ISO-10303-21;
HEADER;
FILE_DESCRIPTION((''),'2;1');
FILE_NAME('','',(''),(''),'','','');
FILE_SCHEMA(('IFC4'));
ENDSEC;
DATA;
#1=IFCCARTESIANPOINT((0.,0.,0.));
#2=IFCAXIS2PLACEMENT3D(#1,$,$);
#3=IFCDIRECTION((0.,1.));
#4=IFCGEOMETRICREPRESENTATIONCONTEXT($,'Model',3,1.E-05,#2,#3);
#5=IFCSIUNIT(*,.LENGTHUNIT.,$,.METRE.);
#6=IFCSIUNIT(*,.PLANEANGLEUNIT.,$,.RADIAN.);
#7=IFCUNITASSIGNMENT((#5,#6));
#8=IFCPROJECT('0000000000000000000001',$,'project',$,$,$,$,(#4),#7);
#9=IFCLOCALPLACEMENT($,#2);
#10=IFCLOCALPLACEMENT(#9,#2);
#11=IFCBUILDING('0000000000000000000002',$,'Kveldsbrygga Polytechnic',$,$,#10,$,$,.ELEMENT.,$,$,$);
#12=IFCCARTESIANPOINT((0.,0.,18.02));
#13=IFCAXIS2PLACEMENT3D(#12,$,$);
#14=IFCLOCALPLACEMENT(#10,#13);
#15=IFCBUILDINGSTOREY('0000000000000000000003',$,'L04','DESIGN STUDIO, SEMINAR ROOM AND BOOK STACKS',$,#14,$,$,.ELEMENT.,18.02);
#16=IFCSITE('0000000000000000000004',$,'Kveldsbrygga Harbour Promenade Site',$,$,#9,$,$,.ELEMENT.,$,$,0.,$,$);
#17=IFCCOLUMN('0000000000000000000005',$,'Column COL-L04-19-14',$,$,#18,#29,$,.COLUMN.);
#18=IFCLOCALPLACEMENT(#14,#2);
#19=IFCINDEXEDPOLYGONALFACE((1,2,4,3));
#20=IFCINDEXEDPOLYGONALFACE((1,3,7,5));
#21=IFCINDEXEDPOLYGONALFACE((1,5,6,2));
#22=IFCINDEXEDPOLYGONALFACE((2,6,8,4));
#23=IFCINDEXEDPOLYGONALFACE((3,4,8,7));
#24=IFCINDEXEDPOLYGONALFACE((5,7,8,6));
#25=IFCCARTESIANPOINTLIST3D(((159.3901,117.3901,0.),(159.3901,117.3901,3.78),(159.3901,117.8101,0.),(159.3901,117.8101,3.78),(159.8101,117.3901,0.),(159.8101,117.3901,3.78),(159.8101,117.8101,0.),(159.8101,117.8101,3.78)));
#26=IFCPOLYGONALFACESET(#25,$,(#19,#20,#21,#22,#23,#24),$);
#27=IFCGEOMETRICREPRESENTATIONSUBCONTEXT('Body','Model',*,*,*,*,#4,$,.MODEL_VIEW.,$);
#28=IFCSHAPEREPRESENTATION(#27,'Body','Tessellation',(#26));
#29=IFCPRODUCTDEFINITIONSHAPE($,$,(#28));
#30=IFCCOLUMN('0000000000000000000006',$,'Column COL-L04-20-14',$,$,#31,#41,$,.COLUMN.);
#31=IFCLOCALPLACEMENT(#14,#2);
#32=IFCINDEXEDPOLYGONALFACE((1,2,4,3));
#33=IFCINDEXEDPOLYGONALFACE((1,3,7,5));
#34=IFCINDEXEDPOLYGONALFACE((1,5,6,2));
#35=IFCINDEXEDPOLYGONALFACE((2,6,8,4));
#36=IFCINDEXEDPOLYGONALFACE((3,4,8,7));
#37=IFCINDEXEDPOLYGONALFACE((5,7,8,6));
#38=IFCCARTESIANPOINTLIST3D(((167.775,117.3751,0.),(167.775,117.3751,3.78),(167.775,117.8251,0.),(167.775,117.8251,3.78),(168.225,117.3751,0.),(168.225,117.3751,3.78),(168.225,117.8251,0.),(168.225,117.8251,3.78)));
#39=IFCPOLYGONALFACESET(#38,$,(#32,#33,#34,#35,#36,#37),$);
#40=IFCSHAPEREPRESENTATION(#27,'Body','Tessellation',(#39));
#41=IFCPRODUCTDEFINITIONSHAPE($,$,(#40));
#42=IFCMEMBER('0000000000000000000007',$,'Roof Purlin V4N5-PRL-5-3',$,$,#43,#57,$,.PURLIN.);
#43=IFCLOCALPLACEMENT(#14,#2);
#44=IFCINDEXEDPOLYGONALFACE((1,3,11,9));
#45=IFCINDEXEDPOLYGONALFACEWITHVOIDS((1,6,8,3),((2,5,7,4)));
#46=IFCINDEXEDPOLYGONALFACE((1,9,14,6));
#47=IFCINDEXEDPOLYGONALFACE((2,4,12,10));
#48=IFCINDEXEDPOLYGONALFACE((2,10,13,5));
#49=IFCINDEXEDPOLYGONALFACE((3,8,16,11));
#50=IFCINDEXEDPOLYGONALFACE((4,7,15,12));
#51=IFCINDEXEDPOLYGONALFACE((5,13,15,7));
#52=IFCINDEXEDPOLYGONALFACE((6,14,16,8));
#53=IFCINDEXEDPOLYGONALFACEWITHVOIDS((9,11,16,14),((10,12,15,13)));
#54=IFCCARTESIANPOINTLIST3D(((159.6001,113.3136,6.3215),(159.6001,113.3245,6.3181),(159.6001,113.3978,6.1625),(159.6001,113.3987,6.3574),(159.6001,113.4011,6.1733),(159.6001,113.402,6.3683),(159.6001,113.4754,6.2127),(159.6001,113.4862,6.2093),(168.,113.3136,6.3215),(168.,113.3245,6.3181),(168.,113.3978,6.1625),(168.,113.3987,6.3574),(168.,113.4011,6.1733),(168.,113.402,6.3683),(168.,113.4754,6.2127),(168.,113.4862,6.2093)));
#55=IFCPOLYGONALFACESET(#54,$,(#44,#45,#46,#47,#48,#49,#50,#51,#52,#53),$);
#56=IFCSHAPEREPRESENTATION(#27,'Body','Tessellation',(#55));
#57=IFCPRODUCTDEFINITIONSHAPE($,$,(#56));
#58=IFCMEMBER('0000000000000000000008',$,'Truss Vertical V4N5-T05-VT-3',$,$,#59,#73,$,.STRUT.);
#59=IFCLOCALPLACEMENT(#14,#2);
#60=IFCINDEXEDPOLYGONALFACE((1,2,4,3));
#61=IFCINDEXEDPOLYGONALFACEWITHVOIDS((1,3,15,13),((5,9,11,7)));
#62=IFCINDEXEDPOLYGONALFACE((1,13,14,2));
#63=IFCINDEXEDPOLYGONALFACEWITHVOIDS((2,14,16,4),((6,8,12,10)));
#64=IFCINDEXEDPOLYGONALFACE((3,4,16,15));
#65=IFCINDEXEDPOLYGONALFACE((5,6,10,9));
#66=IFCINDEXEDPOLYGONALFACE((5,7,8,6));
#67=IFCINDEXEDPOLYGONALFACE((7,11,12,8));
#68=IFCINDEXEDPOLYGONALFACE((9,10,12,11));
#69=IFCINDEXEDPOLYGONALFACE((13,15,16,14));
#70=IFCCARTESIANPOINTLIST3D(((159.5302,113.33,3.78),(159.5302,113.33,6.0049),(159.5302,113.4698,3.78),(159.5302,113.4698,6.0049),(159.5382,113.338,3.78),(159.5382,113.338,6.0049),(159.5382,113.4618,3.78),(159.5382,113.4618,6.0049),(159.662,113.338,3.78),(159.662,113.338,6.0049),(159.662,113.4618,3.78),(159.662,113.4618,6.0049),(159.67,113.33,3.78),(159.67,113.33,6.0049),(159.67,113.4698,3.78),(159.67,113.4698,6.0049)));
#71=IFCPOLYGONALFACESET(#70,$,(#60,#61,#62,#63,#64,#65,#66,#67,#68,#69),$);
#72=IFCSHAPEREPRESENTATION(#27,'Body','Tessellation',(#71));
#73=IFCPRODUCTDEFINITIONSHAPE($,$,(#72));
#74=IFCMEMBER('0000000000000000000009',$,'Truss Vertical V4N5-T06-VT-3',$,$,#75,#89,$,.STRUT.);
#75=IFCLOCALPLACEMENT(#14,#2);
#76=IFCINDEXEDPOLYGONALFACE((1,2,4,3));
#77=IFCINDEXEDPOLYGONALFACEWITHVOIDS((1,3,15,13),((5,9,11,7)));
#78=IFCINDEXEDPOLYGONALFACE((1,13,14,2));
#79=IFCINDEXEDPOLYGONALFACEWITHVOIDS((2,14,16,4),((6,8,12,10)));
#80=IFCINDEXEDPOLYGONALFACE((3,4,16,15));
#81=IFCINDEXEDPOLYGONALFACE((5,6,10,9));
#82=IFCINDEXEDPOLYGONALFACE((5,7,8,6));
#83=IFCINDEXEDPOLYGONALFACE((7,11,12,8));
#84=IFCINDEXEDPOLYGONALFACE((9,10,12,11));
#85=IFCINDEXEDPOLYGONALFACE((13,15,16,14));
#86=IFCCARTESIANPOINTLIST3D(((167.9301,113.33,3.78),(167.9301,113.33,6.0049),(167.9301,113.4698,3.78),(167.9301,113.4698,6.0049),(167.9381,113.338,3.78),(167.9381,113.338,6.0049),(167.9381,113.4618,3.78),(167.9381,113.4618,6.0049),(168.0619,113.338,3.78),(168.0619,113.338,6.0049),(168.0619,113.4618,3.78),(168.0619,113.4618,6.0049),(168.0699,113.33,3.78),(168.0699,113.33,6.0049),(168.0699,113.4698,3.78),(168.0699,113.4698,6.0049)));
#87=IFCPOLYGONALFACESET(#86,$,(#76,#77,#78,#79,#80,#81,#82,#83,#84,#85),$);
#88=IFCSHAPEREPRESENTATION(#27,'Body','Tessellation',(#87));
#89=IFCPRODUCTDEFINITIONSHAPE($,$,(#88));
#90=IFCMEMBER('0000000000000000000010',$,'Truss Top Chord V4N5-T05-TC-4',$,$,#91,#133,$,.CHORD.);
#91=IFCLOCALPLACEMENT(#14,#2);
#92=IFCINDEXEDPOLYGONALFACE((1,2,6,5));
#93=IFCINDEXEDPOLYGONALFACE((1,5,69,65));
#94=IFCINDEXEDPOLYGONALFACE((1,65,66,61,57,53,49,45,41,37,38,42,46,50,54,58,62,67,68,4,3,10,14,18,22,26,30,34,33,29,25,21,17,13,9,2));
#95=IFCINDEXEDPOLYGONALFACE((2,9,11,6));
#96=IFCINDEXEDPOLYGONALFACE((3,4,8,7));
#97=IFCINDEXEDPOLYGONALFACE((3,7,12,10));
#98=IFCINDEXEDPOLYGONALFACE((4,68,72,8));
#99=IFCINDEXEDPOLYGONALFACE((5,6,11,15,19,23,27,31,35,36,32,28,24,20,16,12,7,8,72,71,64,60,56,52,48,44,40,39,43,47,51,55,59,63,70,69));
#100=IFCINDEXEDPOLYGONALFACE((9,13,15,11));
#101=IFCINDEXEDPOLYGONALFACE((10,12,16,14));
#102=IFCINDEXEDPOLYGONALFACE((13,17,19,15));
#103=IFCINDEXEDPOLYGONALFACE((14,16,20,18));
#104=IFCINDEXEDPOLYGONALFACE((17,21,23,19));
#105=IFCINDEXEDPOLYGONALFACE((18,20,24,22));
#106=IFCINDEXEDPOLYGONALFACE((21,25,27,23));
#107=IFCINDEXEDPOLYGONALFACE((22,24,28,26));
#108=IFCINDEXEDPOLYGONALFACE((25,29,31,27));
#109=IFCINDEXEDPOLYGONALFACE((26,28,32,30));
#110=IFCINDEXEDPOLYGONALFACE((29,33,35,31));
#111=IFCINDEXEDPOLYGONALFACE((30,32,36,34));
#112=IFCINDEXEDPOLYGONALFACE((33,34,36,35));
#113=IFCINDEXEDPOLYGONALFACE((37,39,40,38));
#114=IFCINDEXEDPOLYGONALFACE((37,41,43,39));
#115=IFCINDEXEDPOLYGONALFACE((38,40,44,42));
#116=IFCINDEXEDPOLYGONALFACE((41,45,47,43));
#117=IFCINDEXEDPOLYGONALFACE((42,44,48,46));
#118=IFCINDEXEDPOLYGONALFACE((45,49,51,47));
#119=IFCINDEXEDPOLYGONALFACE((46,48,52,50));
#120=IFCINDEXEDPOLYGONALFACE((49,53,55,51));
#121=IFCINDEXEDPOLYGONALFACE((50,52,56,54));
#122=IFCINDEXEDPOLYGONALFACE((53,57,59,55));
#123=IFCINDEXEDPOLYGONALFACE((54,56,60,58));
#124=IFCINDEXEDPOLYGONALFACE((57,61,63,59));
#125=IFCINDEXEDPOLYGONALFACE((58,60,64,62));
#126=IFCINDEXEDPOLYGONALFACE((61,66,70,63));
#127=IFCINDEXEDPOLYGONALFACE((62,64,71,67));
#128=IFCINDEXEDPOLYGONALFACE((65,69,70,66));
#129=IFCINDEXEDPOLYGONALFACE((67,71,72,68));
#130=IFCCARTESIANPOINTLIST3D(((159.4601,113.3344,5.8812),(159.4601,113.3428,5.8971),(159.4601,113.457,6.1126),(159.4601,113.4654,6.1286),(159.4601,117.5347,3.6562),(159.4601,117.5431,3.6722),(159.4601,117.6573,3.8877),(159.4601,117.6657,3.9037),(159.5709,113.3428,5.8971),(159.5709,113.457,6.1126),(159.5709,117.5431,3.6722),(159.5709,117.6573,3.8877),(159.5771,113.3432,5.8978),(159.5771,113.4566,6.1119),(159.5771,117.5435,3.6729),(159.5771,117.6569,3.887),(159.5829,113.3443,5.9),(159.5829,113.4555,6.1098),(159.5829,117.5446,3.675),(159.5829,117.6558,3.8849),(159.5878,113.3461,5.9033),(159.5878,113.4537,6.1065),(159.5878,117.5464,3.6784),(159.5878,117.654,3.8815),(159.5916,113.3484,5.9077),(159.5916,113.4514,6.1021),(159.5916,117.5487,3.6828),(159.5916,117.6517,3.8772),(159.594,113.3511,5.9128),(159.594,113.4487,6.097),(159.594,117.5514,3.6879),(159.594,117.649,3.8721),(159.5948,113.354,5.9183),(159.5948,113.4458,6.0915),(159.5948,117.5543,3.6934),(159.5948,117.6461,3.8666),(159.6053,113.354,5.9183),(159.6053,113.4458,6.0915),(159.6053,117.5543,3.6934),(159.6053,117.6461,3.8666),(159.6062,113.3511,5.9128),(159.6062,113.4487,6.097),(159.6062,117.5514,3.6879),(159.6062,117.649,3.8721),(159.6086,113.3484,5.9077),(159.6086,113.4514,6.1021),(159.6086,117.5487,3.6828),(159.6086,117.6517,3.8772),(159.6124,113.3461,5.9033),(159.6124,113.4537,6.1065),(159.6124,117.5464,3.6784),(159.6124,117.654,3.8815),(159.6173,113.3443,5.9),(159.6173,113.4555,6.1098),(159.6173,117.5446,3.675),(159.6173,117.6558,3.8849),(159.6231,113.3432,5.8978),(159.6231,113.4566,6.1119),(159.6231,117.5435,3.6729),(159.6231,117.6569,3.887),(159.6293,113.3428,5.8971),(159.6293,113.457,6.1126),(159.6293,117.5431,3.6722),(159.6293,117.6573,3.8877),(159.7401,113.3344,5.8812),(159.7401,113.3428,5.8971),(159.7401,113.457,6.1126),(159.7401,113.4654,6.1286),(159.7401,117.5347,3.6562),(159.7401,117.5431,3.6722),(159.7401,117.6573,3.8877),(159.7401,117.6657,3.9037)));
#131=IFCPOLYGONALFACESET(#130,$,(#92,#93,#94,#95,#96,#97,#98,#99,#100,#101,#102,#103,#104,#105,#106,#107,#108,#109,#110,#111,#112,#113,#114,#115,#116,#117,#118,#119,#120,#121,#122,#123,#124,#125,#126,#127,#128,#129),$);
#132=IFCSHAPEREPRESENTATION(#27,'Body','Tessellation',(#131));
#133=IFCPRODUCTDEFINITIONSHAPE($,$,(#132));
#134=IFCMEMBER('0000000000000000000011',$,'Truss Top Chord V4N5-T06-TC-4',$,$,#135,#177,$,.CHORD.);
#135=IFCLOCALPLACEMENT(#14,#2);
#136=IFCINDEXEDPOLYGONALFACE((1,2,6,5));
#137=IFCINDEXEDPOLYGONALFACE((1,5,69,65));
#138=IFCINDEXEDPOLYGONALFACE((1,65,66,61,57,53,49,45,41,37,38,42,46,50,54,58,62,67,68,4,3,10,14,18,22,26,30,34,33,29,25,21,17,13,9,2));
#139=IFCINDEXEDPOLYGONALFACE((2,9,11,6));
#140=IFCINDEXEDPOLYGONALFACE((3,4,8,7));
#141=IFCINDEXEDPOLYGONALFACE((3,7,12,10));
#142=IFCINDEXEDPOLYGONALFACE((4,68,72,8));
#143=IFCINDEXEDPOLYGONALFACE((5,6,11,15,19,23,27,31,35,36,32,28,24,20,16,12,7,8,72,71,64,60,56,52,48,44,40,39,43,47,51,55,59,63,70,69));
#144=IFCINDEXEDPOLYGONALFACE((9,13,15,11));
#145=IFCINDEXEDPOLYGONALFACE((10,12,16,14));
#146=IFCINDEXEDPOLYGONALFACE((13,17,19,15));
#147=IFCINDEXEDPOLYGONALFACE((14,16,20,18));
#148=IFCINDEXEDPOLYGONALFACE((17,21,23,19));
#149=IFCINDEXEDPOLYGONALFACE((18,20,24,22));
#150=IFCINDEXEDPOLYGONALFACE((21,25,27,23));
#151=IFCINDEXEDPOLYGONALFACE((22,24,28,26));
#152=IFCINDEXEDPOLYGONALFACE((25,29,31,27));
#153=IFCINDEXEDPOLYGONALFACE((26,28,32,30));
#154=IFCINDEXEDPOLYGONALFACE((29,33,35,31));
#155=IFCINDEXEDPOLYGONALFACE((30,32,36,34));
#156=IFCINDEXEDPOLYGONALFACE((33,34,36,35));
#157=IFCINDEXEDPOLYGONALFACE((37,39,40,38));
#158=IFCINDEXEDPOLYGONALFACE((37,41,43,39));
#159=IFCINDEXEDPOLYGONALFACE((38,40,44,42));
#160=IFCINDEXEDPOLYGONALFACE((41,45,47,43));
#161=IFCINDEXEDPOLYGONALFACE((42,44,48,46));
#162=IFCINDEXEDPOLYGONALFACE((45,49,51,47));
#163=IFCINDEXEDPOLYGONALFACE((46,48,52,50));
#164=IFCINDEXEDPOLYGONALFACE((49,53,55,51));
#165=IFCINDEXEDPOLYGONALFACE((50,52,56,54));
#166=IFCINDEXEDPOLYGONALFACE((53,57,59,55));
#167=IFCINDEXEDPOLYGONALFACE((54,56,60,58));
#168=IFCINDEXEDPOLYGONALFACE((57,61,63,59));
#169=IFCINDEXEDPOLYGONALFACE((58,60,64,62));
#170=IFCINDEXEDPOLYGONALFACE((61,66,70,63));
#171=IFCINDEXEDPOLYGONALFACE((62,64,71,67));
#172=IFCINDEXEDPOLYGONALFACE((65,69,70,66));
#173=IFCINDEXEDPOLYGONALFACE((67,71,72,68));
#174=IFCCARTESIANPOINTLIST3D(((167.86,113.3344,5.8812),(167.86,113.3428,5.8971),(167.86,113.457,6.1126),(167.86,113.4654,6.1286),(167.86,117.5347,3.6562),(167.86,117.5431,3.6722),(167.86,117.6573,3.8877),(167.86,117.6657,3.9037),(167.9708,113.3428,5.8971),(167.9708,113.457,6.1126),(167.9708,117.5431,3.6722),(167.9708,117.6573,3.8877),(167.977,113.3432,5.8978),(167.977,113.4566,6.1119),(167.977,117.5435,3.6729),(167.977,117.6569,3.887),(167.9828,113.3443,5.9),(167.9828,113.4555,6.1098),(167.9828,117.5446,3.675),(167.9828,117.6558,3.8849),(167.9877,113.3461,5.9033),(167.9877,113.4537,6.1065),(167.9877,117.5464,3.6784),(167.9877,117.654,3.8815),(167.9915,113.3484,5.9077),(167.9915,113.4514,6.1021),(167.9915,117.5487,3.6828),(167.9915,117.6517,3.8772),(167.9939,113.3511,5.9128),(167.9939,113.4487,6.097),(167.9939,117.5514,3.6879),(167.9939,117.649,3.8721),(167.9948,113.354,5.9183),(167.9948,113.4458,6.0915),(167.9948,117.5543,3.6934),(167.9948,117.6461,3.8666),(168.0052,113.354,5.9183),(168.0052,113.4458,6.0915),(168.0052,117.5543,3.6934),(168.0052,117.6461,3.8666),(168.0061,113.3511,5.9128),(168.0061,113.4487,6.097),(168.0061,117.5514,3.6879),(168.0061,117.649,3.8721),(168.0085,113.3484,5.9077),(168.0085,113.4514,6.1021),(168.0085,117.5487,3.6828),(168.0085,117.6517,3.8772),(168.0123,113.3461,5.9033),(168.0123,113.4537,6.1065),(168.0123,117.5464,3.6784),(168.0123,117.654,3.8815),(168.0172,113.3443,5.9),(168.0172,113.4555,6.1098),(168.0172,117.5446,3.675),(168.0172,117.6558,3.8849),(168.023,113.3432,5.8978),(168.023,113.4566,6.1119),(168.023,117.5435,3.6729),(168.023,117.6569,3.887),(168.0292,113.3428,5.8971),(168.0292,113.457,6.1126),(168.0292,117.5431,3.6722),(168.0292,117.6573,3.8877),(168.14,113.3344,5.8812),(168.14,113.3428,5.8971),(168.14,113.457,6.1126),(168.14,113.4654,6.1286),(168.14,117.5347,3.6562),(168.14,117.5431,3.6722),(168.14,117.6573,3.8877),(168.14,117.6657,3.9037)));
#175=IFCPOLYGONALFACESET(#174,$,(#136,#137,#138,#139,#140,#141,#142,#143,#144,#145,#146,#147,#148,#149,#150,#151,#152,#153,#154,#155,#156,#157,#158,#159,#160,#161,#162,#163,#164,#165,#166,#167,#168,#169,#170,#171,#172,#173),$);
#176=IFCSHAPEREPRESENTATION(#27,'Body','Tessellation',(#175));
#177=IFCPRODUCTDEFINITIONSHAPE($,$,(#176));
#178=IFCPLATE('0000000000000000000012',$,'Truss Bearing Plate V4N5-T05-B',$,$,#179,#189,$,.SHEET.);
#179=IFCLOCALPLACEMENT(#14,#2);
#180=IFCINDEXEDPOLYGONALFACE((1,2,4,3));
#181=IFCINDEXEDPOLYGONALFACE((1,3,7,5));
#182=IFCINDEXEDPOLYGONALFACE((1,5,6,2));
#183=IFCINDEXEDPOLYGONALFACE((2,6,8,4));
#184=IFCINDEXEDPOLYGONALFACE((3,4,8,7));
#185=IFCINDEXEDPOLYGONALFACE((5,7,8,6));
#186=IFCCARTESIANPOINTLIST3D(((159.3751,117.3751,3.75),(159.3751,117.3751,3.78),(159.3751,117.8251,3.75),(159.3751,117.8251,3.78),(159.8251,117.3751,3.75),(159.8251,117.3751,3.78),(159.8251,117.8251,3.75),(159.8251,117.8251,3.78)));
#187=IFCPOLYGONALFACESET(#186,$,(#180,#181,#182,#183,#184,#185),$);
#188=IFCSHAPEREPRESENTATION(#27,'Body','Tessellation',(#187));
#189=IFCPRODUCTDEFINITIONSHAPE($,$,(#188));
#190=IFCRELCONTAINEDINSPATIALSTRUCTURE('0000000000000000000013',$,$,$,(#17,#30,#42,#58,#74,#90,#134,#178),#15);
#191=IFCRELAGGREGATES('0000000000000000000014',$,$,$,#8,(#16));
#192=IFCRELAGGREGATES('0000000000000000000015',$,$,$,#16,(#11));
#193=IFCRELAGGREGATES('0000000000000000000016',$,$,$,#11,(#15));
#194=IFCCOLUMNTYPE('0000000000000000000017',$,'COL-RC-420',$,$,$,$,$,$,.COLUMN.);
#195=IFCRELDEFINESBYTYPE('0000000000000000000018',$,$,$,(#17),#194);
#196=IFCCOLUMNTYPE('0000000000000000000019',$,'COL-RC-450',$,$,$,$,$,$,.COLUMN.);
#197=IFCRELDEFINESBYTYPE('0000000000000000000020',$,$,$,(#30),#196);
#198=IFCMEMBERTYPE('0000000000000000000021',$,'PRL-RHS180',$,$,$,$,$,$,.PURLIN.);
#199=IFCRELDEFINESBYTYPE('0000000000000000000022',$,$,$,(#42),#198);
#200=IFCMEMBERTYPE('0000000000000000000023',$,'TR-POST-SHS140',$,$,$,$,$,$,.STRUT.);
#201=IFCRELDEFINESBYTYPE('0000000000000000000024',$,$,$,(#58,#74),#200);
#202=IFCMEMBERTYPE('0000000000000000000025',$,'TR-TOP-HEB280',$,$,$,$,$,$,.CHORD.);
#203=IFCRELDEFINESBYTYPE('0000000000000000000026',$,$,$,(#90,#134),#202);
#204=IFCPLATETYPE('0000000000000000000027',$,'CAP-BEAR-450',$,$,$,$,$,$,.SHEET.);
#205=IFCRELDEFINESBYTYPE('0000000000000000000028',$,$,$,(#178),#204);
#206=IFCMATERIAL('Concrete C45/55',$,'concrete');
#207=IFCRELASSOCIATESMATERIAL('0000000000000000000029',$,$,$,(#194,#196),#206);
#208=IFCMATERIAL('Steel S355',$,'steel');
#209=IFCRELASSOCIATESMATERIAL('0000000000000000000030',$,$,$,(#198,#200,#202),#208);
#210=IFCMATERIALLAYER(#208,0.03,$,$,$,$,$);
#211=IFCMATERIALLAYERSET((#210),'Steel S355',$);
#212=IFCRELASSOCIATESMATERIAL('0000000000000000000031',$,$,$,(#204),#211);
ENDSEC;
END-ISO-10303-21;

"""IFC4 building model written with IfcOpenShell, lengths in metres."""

from ifc_helpers import new_model, si_unit, direction, frame, origin, origin_2d, place, context, subcontext, project, spatial, rectangle, hollow_rectangle, i_section, extrude, material, layer, layer_set, material_profile, profile_set, type_object, element, save


model = new_model("IFC4")

# Units and contexts
model_context = context("Model", 3, precision=1e-05, world=origin(), true_north=direction((0.0, 1.0)))
body_context = subcontext(model_context, "Body", "Model", "MODEL_VIEW")
ifc_project = project(units=[si_unit("LENGTHUNIT", "METRE"), si_unit("PLANEANGLEUNIT", "RADIAN")], contexts=[model_context])

# Site, building, storey
site_placement = place(None, origin())
site = spatial("IfcSite", under=ifc_project, at=site_placement, Name="Kveldsbrygga Harbour Promenade Site", CompositionType="ELEMENT", RefElevation=0.0)
building_placement = place(site_placement, origin())
building = spatial("IfcBuilding", under=site, at=building_placement, Name="Kveldsbrygga Polytechnic", CompositionType="ELEMENT")
storey_placement = place(building_placement, frame((0.0, 0.0, 18.02)))
storey = spatial("IfcBuildingStorey", under=building, at=storey_placement, Name="L04", Description="DESIGN STUDIO, SEMINAR ROOM AND BOOK STACKS", CompositionType="ELEMENT", Elevation=18.02)

# Columns
ifc_material_1 = material(Name="Concrete C45/55", Category="concrete")
ifc_material_profile_1 = material_profile(ifc_material_1, rectangle(XDim=0.4199, YDim=0.4199, at=origin_2d()), Name="RC 420x420")
ifc_profile_set_1 = profile_set([ifc_material_profile_1], Name="Concrete C45/55")
column_type_1 = type_object("IfcColumnType", Name="COL-RC-420", PredefinedType="COLUMN", material=ifc_profile_set_1)
column_1_placement = place(storey_placement, frame((159.6001, 117.6001, 0.0), z_axis=(0.0, 0.0, 1.0), x_axis=(1.0, 0.0, 0.0)))
element("IfcColumn", 1, at=column_1_placement, inside=storey, type_object=column_type_1, Name="Column COL-L04-19-14", PredefinedType="COLUMN", context=body_context, shape_type="SweptSolid", body=[
    extrude(rectangle(XDim=0.4199, YDim=0.4199, at=origin_2d()), origin(), (0.0, 0.0, 1.0), 3.78),
])
ifc_material_profile_2 = material_profile(ifc_material_1, rectangle(XDim=0.45, YDim=0.45, at=origin_2d()), Name="RC 450x450")
ifc_profile_set_2 = profile_set([ifc_material_profile_2], Name="Concrete C45/55")
column_type_2 = type_object("IfcColumnType", Name="COL-RC-450", PredefinedType="COLUMN", material=ifc_profile_set_2)
column_2_placement = place(storey_placement, frame((168.0, 117.6001, 0.0), z_axis=(0.0, 0.0, 1.0), x_axis=(1.0, 0.0, 0.0)))
element("IfcColumn", 2, at=column_2_placement, inside=storey, type_object=column_type_2, Name="Column COL-L04-20-14", PredefinedType="COLUMN", context=body_context, shape_type="SweptSolid", body=[
    extrude(rectangle(XDim=0.45, YDim=0.45, at=origin_2d()), origin(), (0.0, 0.0, 1.0), 3.78),
])

# Members
ifc_material_2 = material(Name="Steel S355", Category="steel")
ifc_material_profile_3 = material_profile(ifc_material_2, hollow_rectangle(XDim=0.1001, YDim=0.1799, WallThickness=0.0081, at=origin_2d()), Name="RHS 180x100x8.0")
ifc_profile_set_3 = profile_set([ifc_material_profile_3], Name="Steel S355")
member_type_1 = type_object("IfcMemberType", Name="PRL-RHS180", PredefinedType="PURLIN", material=ifc_profile_set_3)
member_placement = place(storey_placement, frame((159.6001, 113.3999, 6.2654), z_axis=(1.0, 0.0, 0.0), x_axis=(0.0, 0.88366, 0.468129)))
element("IfcMember", 3, at=member_placement, inside=storey, type_object=member_type_1, Name="Roof Purlin V4N5-PRL-5-3", PredefinedType="PURLIN", context=body_context, shape_type="SweptSolid", body=[
    extrude(hollow_rectangle(XDim=0.1001, YDim=0.1799, WallThickness=0.0081, at=origin_2d()), origin(), (0.0, 0.0, 1.0), 8.3999),
])
ifc_material_profile_4 = material_profile(ifc_material_2, hollow_rectangle(XDim=0.1399, YDim=0.1399, WallThickness=0.0081, at=origin_2d()), Name="SHS 140x140x8.0")
ifc_profile_set_4 = profile_set([ifc_material_profile_4], Name="Steel S355")
member_type_2 = type_object("IfcMemberType", Name="TR-POST-SHS140", PredefinedType="STRUT", material=ifc_profile_set_4)
for number, where, z_axis, x_axis, name in (
    (4, (159.6001, 113.3999, 3.78), (0.0, 0.0, 1.0), (1.0, 0.0, 0.0), "Truss Vertical V4N5-T05-VT-3"),
    (5, (168.0, 113.3999, 3.78), (0.0, 0.0, 1.0), (1.0, 0.0, 0.0), "Truss Vertical V4N5-T06-VT-3"),
):
    element("IfcMember", number, at=place(storey_placement, frame(where, z_axis=z_axis, x_axis=x_axis)), inside=storey, type_object=member_type_2, Name=name, PredefinedType="STRUT", context=body_context, shape_type="SweptSolid", body=[
        extrude(hollow_rectangle(XDim=0.1399, YDim=0.1399, WallThickness=0.0081, at=origin_2d()), origin(), (0.0, 0.0, 1.0), 2.2249),
    ])
ifc_material_profile_5 = material_profile(ifc_material_2, i_section(OverallWidth=0.28, OverallDepth=0.28, WebThickness=0.0105, FlangeThickness=0.0181, FilletRadius=0.0239, at=origin_2d()), Name="HEB 280")
ifc_profile_set_5 = profile_set([ifc_material_profile_5], Name="Steel S355")
member_type_3 = type_object("IfcMemberType", Name="TR-TOP-HEB280", PredefinedType="CHORD", material=ifc_profile_set_5)
for number, where, z_axis, x_axis, name in (
    (6, (159.6001, 113.3999, 6.0049), (0.0, 0.883682, -0.468088), (-1.0, 0.0, 0.0), "Truss Top Chord V4N5-T05-TC-4"),
    (7, (168.0, 113.3999, 6.0049), (0.0, 0.883682, -0.468088), (-1.0, 0.0, 0.0), "Truss Top Chord V4N5-T06-TC-4"),
):
    element("IfcMember", number, at=place(storey_placement, frame(where, z_axis=z_axis, x_axis=x_axis)), inside=storey, type_object=member_type_3, Name=name, PredefinedType="CHORD", context=body_context, shape_type="SweptSolid", body=[
        extrude(i_section(OverallWidth=0.28, OverallDepth=0.28, WebThickness=0.0105, FlangeThickness=0.0181, FilletRadius=0.0239, at=origin_2d()), origin(), (0.0, 0.0, 1.0), 4.7532),
    ])

# Plate
ifc_layer_1 = layer(ifc_material_2, 0.03)
ifc_layer_set_1 = layer_set([ifc_layer_1], Name="Steel S355")
plate_type_1 = type_object("IfcPlateType", Name="CAP-BEAR-450", PredefinedType="SHEET", material=ifc_layer_set_1)
for number, where, z_axis, x_axis, name in (
    (8, (159.6001, 117.6001, 3.75), (0.0, 0.0, 1.0), (1.0, 0.0, 0.0), "Truss Bearing Plate V4N5-T05-B"),
):
    element("IfcPlate", number, at=place(storey_placement, frame(where, z_axis=z_axis, x_axis=x_axis)), inside=storey, type_object=plate_type_1, Name=name, PredefinedType="SHEET", context=body_context, shape_type="SweptSolid", body=[
        extrude(rectangle(XDim=0.45, YDim=0.45, at=origin_2d()), origin(), (0.0, 0.0, 1.0), 0.03),
    ])

save(model, "model.ifc")
